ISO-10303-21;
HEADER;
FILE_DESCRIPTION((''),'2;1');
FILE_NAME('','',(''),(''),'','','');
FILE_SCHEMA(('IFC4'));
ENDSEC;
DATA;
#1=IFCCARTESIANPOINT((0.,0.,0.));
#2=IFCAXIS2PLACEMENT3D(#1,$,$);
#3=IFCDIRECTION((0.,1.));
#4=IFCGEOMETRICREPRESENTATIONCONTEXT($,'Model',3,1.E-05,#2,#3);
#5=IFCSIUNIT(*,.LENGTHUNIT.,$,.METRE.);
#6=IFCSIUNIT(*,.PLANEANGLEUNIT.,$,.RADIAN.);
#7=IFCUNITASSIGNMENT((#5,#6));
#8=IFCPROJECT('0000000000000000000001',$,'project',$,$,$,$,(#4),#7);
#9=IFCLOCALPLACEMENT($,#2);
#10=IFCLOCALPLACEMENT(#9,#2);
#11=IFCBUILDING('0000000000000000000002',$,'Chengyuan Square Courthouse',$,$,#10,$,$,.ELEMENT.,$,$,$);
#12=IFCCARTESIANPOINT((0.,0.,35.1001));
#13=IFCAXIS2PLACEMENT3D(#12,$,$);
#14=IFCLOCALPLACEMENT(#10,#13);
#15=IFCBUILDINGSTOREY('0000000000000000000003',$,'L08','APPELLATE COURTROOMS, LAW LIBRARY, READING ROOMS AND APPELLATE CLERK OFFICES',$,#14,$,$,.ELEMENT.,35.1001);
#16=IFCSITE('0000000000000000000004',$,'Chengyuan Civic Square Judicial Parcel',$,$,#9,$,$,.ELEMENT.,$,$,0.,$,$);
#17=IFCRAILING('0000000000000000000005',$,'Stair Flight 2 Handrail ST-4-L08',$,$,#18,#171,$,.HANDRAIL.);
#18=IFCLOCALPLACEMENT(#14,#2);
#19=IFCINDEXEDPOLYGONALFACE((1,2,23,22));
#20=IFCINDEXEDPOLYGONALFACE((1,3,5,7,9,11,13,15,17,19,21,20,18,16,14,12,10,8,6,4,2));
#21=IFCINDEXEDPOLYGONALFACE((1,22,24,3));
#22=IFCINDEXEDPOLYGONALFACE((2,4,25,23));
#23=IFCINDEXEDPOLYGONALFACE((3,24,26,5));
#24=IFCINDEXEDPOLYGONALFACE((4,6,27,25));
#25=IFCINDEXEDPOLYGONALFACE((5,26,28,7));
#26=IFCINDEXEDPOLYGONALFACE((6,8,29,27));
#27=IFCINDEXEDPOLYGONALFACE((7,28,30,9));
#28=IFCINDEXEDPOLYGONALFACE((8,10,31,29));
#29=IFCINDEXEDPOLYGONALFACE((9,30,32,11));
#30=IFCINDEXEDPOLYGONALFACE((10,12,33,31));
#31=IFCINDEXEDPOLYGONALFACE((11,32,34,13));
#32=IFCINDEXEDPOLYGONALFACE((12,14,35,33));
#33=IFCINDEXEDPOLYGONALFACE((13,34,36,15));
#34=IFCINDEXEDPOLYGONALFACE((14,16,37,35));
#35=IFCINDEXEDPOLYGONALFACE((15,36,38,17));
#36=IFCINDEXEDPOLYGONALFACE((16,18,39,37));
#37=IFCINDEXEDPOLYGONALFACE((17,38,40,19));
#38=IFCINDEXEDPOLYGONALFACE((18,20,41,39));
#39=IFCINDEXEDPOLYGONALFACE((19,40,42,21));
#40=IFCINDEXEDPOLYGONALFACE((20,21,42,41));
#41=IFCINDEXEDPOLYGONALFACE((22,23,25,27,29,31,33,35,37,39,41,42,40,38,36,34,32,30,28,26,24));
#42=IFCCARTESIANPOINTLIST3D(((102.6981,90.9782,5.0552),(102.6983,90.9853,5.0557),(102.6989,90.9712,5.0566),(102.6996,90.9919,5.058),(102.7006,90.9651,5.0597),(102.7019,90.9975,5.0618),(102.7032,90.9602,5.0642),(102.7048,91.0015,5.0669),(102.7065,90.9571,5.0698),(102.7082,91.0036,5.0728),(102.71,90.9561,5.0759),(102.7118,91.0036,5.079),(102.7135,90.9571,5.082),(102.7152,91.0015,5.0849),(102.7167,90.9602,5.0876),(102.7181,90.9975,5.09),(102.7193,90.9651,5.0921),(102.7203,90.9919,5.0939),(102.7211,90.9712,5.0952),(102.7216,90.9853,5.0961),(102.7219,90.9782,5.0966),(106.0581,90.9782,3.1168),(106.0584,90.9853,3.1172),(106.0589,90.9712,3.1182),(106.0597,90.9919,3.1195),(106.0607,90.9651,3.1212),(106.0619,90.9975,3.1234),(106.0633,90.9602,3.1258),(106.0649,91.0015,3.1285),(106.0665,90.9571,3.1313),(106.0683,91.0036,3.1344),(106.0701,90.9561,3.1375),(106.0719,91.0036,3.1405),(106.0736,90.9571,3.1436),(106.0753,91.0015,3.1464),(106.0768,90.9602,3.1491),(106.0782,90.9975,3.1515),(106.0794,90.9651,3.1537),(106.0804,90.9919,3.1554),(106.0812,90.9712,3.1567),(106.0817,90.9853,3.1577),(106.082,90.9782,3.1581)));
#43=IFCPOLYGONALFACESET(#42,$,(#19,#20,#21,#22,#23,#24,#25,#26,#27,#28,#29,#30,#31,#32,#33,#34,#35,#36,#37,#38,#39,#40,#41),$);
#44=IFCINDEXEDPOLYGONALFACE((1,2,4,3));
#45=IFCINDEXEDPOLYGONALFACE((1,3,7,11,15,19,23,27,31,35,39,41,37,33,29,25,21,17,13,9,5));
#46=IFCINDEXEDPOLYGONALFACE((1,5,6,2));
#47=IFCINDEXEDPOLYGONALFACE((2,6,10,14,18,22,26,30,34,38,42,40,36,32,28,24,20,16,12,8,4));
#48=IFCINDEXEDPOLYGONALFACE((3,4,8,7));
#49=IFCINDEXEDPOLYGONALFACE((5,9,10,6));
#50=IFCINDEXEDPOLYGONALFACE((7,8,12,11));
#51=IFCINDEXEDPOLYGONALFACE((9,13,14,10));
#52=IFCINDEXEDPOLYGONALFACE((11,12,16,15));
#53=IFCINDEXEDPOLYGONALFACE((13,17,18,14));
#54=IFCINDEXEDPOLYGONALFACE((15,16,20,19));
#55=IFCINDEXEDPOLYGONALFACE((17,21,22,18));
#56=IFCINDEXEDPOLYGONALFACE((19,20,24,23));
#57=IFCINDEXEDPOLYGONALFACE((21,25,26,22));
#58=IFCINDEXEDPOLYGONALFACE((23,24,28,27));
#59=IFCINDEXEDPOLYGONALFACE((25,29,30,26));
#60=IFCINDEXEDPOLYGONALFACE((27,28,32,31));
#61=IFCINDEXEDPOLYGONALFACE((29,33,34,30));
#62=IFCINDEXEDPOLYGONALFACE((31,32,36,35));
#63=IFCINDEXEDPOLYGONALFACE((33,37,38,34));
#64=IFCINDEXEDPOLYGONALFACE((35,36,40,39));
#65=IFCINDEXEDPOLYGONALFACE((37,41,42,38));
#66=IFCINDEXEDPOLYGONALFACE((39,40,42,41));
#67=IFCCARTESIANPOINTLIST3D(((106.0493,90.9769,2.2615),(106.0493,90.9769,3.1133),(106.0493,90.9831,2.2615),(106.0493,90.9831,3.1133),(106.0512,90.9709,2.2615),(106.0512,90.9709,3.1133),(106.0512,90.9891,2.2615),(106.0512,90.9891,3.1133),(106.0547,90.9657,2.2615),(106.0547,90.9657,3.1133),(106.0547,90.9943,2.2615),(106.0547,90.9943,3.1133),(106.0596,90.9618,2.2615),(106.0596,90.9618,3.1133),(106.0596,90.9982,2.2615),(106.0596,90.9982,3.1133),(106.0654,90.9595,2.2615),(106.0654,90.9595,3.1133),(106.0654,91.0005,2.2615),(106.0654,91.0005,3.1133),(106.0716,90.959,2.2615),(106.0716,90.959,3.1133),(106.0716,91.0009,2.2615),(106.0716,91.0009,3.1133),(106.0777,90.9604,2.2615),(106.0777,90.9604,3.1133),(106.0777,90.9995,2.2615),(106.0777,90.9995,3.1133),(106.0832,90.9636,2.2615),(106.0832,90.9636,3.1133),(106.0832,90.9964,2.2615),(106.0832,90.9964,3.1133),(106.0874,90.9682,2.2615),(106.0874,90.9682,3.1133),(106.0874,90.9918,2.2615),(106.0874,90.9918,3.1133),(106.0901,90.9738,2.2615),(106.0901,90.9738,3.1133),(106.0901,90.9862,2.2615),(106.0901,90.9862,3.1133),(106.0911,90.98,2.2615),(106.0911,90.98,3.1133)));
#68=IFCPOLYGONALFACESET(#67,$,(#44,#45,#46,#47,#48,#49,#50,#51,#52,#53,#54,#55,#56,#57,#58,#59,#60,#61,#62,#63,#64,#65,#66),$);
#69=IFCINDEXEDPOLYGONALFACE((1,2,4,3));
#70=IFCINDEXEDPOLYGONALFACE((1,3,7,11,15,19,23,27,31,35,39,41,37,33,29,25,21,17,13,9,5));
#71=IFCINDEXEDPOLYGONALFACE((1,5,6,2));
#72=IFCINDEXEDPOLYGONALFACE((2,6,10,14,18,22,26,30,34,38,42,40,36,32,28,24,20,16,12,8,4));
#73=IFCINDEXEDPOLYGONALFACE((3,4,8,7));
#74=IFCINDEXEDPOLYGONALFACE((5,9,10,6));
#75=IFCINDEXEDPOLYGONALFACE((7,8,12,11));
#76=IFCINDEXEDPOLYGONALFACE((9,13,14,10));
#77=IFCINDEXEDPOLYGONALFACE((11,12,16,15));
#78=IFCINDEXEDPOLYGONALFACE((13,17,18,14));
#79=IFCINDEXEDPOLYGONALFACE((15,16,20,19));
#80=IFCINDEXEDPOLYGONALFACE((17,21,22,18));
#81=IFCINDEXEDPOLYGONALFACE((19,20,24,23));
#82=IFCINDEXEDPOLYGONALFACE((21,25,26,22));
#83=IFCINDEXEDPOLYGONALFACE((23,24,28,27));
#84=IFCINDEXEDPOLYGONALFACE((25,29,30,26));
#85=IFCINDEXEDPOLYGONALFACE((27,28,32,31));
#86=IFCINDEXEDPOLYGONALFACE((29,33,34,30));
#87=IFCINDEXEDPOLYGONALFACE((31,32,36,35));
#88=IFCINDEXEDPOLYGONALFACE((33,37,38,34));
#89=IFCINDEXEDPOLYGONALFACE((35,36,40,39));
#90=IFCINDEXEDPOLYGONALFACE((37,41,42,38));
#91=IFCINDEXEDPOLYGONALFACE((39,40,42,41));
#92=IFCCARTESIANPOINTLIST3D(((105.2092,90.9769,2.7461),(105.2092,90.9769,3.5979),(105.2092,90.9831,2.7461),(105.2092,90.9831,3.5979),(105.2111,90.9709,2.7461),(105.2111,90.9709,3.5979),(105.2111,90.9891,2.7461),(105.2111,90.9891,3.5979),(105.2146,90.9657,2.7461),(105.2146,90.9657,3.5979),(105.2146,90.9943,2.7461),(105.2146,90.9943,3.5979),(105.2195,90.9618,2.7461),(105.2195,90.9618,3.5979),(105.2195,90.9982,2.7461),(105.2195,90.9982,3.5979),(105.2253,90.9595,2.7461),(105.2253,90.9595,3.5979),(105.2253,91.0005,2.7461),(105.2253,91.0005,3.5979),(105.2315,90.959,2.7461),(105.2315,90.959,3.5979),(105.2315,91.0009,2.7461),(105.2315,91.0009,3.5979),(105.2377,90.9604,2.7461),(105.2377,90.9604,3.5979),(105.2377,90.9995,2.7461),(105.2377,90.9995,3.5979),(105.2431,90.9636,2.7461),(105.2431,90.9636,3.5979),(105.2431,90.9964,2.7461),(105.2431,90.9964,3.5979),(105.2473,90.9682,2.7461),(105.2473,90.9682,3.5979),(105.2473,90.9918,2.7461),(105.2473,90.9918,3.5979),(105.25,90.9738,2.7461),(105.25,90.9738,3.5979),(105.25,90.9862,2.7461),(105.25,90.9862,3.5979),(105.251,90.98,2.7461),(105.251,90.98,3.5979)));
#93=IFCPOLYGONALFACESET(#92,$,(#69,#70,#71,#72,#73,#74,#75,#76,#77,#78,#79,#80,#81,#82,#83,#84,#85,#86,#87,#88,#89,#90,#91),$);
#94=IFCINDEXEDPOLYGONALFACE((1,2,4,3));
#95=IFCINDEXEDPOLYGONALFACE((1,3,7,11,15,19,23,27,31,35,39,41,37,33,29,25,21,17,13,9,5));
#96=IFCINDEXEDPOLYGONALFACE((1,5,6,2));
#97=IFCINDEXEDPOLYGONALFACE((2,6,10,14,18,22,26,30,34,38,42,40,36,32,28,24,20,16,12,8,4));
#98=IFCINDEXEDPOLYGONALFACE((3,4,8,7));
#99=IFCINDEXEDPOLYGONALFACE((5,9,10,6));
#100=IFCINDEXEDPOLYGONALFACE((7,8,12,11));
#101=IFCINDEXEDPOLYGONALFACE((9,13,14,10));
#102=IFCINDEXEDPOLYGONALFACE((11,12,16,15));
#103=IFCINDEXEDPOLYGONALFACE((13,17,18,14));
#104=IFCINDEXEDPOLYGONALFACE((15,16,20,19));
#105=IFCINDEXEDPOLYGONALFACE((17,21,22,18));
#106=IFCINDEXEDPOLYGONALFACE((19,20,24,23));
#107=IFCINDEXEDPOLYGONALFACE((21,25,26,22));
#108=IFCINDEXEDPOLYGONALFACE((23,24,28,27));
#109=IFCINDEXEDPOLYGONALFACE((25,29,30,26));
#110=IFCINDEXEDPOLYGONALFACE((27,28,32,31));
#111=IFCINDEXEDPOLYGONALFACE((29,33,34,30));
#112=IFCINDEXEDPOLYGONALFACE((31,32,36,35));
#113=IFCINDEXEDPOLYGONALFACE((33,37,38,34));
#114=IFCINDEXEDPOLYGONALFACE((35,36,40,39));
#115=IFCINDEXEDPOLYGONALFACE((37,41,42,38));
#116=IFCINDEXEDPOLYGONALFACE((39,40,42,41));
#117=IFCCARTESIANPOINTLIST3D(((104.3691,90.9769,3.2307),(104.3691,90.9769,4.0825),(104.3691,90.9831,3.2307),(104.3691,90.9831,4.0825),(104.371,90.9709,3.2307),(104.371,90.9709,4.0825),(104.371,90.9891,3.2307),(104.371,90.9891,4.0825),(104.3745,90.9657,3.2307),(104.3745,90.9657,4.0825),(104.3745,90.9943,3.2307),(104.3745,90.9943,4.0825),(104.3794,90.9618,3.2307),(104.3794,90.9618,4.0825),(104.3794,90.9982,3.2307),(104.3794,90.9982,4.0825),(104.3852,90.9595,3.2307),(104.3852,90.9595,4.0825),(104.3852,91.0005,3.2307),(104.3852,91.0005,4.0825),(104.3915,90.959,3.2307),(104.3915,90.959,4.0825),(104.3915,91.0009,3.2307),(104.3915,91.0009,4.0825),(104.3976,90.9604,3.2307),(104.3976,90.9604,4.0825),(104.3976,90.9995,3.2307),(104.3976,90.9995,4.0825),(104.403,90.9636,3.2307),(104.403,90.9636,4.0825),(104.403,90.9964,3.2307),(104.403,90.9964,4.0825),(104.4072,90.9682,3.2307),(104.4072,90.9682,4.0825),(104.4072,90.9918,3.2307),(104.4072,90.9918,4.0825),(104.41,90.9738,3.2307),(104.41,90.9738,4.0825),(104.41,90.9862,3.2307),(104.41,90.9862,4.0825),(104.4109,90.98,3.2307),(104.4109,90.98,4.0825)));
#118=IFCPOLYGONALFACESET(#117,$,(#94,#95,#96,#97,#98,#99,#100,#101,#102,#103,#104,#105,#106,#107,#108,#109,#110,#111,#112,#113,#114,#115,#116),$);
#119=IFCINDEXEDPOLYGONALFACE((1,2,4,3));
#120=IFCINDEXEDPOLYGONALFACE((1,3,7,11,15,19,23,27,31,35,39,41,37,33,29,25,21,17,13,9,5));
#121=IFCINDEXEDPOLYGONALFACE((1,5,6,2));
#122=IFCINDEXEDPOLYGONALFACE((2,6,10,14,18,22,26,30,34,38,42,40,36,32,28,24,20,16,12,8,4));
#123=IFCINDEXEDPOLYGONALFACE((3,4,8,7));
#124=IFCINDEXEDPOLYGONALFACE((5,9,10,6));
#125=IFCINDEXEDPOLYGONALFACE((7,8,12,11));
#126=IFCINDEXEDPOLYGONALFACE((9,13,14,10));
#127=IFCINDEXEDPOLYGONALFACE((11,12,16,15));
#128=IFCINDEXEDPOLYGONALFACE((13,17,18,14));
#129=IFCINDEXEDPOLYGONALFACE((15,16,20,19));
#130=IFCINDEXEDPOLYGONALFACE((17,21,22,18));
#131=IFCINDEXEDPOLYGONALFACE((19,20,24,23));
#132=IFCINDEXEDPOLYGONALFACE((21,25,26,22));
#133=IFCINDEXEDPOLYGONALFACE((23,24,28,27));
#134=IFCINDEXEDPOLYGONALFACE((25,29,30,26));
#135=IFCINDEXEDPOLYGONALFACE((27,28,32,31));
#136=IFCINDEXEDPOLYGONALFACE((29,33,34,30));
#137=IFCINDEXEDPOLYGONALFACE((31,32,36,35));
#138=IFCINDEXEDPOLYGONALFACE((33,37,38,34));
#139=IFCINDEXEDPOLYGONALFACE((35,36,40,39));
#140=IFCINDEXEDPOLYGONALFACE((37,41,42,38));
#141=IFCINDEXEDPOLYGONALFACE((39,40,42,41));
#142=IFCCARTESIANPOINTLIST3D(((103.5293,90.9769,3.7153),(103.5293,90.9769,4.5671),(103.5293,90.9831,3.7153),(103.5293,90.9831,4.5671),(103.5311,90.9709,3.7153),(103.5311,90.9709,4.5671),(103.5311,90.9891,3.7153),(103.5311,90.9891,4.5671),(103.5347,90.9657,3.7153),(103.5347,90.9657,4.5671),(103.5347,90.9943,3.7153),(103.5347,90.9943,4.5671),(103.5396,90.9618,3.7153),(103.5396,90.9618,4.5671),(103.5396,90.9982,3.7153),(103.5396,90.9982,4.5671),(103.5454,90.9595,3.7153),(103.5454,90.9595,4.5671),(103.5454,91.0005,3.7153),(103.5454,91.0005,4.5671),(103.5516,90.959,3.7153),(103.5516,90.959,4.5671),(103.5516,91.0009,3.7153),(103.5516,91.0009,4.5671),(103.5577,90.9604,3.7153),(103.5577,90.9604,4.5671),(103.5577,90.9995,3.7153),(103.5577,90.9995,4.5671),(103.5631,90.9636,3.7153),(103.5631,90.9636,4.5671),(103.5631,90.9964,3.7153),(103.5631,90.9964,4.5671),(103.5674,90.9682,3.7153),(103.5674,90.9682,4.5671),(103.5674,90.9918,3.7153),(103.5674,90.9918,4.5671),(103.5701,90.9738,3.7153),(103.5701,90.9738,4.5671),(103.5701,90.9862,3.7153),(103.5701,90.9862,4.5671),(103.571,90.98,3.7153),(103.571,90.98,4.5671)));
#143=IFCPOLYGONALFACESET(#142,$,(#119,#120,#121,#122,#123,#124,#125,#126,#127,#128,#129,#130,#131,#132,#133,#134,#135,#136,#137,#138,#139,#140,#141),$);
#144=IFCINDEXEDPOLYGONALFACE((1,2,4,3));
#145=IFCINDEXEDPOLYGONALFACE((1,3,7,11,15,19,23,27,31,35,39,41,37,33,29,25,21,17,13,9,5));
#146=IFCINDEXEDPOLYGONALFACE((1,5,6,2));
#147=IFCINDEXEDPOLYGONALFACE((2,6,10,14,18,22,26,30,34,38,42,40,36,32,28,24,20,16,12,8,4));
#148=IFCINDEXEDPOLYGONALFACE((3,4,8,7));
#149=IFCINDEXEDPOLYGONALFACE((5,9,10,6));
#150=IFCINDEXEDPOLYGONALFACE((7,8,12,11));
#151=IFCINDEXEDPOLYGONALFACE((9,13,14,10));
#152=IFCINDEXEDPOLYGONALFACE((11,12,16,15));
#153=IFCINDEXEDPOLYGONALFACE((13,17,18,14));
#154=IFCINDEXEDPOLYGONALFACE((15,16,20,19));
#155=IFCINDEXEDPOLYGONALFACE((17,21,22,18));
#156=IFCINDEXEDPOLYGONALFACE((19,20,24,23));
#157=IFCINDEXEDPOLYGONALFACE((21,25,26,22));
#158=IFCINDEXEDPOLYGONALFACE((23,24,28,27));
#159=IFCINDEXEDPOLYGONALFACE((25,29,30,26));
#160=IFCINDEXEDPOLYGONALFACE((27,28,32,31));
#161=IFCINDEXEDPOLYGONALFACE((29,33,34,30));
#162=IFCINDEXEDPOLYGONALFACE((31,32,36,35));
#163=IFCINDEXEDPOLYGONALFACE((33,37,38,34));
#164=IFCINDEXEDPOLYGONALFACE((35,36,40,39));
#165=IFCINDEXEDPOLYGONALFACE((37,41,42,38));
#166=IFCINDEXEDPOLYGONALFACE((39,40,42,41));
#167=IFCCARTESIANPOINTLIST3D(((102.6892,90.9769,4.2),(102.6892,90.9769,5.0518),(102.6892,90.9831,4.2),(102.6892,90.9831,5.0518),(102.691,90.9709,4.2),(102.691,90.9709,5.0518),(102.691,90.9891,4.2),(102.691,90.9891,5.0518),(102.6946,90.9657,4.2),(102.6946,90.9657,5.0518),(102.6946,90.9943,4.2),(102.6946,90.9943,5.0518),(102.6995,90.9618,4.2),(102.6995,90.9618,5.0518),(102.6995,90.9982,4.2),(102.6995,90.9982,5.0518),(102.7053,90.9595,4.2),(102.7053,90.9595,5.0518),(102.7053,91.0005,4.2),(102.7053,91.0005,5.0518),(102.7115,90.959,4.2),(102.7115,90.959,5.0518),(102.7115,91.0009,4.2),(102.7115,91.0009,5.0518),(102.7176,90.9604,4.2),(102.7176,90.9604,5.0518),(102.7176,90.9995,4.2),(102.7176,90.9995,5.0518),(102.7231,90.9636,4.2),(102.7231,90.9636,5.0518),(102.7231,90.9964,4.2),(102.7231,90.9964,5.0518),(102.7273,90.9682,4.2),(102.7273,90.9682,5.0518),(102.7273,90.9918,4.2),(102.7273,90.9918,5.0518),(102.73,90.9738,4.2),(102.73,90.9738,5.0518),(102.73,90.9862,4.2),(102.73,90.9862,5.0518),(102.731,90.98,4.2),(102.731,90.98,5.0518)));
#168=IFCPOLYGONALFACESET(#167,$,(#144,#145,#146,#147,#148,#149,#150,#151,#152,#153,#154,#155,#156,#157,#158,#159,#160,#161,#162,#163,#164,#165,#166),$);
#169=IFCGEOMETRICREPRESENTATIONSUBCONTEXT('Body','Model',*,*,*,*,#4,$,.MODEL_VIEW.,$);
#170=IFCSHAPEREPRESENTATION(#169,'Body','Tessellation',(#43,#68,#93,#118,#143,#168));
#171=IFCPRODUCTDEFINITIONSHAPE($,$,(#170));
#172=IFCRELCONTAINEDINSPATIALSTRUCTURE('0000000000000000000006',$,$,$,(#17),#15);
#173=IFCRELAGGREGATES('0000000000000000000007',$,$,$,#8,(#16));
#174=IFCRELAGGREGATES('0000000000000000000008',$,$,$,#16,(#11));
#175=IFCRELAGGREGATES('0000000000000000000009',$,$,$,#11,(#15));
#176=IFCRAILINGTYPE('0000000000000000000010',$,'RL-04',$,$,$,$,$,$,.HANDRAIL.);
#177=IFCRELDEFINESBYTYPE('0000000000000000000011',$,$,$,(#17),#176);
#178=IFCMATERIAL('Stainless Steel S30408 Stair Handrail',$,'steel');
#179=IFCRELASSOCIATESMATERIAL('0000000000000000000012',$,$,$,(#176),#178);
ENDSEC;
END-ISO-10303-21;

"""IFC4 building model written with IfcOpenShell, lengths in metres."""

from ifc_helpers import new_model, si_unit, direction, frame, origin, origin_2d, place, context, subcontext, project, spatial, circle, extrude, material, type_object, element, save


model = new_model("IFC4")

# Units and contexts
model_context = context("Model", 3, precision=1e-05, world=origin(), true_north=direction((0.0, 1.0)))
body_context = subcontext(model_context, "Body", "Model", "MODEL_VIEW")
ifc_project = project(units=[si_unit("LENGTHUNIT", "METRE"), si_unit("PLANEANGLEUNIT", "RADIAN")], contexts=[model_context])

# Site, building, storey
site_placement = place(None, origin())
site = spatial("IfcSite", under=ifc_project, at=site_placement, Name="Chengyuan Civic Square Judicial Parcel", CompositionType="ELEMENT", RefElevation=0.0)
building_placement = place(site_placement, origin())
building = spatial("IfcBuilding", under=site, at=building_placement, Name="Chengyuan Square Courthouse", CompositionType="ELEMENT")
storey_placement = place(building_placement, frame((0.0, 0.0, 35.1001)))
storey = spatial("IfcBuildingStorey", under=building, at=storey_placement, Name="L08", Description="APPELLATE COURTROOMS, LAW LIBRARY, READING ROOMS AND APPELLATE CLERK OFFICES", CompositionType="ELEMENT", Elevation=35.1001)

# Railing
ifc_material_1 = material(Name="Stainless Steel S30408 Stair Handrail", Category="steel")
railing_type_1 = type_object("IfcRailingType", Name="RL-04", PredefinedType="HANDRAIL", material=ifc_material_1)
railing_1_placement = place(storey_placement, frame((106.0701, 90.98, 2.2615)))
element("IfcRailing", 1, at=railing_1_placement, inside=storey, type_object=railing_type_1, Name="Stair Flight 2 Handrail ST-4-L08", PredefinedType="HANDRAIL", context=body_context, shape_type="SweptSolid", body=[
    extrude(circle(Radius=0.0239, at=origin_2d()), frame((0.0, 0.0, 0.876), z_axis=(-0.866191, 0.0, 0.499713), x_axis=(0.0, -1.0, 0.0)), (0.0, 0.0, 1.0), 3.8792),
    extrude(circle(Radius=0.021, at=origin_2d()), origin(), (0.0, 0.0, 1.0), 0.8518),
    extrude(circle(Radius=0.021, at=origin_2d()), frame((-0.8401, 0.0, 0.4846)), (0.0, 0.0, 1.0), 0.8518),
    extrude(circle(Radius=0.021, at=origin_2d()), frame((-1.6802, 0.0, 0.9692)), (0.0, 0.0, 1.0), 0.8518),
    extrude(circle(Radius=0.021, at=origin_2d()), frame((-2.52, 0.0, 1.4539)), (0.0, 0.0, 1.0), 0.8518),
    extrude(circle(Radius=0.021, at=origin_2d()), frame((-3.3601, 0.0, 1.9385)), (0.0, 0.0, 1.0), 0.8518),
])

save(model, "model.ifc")
